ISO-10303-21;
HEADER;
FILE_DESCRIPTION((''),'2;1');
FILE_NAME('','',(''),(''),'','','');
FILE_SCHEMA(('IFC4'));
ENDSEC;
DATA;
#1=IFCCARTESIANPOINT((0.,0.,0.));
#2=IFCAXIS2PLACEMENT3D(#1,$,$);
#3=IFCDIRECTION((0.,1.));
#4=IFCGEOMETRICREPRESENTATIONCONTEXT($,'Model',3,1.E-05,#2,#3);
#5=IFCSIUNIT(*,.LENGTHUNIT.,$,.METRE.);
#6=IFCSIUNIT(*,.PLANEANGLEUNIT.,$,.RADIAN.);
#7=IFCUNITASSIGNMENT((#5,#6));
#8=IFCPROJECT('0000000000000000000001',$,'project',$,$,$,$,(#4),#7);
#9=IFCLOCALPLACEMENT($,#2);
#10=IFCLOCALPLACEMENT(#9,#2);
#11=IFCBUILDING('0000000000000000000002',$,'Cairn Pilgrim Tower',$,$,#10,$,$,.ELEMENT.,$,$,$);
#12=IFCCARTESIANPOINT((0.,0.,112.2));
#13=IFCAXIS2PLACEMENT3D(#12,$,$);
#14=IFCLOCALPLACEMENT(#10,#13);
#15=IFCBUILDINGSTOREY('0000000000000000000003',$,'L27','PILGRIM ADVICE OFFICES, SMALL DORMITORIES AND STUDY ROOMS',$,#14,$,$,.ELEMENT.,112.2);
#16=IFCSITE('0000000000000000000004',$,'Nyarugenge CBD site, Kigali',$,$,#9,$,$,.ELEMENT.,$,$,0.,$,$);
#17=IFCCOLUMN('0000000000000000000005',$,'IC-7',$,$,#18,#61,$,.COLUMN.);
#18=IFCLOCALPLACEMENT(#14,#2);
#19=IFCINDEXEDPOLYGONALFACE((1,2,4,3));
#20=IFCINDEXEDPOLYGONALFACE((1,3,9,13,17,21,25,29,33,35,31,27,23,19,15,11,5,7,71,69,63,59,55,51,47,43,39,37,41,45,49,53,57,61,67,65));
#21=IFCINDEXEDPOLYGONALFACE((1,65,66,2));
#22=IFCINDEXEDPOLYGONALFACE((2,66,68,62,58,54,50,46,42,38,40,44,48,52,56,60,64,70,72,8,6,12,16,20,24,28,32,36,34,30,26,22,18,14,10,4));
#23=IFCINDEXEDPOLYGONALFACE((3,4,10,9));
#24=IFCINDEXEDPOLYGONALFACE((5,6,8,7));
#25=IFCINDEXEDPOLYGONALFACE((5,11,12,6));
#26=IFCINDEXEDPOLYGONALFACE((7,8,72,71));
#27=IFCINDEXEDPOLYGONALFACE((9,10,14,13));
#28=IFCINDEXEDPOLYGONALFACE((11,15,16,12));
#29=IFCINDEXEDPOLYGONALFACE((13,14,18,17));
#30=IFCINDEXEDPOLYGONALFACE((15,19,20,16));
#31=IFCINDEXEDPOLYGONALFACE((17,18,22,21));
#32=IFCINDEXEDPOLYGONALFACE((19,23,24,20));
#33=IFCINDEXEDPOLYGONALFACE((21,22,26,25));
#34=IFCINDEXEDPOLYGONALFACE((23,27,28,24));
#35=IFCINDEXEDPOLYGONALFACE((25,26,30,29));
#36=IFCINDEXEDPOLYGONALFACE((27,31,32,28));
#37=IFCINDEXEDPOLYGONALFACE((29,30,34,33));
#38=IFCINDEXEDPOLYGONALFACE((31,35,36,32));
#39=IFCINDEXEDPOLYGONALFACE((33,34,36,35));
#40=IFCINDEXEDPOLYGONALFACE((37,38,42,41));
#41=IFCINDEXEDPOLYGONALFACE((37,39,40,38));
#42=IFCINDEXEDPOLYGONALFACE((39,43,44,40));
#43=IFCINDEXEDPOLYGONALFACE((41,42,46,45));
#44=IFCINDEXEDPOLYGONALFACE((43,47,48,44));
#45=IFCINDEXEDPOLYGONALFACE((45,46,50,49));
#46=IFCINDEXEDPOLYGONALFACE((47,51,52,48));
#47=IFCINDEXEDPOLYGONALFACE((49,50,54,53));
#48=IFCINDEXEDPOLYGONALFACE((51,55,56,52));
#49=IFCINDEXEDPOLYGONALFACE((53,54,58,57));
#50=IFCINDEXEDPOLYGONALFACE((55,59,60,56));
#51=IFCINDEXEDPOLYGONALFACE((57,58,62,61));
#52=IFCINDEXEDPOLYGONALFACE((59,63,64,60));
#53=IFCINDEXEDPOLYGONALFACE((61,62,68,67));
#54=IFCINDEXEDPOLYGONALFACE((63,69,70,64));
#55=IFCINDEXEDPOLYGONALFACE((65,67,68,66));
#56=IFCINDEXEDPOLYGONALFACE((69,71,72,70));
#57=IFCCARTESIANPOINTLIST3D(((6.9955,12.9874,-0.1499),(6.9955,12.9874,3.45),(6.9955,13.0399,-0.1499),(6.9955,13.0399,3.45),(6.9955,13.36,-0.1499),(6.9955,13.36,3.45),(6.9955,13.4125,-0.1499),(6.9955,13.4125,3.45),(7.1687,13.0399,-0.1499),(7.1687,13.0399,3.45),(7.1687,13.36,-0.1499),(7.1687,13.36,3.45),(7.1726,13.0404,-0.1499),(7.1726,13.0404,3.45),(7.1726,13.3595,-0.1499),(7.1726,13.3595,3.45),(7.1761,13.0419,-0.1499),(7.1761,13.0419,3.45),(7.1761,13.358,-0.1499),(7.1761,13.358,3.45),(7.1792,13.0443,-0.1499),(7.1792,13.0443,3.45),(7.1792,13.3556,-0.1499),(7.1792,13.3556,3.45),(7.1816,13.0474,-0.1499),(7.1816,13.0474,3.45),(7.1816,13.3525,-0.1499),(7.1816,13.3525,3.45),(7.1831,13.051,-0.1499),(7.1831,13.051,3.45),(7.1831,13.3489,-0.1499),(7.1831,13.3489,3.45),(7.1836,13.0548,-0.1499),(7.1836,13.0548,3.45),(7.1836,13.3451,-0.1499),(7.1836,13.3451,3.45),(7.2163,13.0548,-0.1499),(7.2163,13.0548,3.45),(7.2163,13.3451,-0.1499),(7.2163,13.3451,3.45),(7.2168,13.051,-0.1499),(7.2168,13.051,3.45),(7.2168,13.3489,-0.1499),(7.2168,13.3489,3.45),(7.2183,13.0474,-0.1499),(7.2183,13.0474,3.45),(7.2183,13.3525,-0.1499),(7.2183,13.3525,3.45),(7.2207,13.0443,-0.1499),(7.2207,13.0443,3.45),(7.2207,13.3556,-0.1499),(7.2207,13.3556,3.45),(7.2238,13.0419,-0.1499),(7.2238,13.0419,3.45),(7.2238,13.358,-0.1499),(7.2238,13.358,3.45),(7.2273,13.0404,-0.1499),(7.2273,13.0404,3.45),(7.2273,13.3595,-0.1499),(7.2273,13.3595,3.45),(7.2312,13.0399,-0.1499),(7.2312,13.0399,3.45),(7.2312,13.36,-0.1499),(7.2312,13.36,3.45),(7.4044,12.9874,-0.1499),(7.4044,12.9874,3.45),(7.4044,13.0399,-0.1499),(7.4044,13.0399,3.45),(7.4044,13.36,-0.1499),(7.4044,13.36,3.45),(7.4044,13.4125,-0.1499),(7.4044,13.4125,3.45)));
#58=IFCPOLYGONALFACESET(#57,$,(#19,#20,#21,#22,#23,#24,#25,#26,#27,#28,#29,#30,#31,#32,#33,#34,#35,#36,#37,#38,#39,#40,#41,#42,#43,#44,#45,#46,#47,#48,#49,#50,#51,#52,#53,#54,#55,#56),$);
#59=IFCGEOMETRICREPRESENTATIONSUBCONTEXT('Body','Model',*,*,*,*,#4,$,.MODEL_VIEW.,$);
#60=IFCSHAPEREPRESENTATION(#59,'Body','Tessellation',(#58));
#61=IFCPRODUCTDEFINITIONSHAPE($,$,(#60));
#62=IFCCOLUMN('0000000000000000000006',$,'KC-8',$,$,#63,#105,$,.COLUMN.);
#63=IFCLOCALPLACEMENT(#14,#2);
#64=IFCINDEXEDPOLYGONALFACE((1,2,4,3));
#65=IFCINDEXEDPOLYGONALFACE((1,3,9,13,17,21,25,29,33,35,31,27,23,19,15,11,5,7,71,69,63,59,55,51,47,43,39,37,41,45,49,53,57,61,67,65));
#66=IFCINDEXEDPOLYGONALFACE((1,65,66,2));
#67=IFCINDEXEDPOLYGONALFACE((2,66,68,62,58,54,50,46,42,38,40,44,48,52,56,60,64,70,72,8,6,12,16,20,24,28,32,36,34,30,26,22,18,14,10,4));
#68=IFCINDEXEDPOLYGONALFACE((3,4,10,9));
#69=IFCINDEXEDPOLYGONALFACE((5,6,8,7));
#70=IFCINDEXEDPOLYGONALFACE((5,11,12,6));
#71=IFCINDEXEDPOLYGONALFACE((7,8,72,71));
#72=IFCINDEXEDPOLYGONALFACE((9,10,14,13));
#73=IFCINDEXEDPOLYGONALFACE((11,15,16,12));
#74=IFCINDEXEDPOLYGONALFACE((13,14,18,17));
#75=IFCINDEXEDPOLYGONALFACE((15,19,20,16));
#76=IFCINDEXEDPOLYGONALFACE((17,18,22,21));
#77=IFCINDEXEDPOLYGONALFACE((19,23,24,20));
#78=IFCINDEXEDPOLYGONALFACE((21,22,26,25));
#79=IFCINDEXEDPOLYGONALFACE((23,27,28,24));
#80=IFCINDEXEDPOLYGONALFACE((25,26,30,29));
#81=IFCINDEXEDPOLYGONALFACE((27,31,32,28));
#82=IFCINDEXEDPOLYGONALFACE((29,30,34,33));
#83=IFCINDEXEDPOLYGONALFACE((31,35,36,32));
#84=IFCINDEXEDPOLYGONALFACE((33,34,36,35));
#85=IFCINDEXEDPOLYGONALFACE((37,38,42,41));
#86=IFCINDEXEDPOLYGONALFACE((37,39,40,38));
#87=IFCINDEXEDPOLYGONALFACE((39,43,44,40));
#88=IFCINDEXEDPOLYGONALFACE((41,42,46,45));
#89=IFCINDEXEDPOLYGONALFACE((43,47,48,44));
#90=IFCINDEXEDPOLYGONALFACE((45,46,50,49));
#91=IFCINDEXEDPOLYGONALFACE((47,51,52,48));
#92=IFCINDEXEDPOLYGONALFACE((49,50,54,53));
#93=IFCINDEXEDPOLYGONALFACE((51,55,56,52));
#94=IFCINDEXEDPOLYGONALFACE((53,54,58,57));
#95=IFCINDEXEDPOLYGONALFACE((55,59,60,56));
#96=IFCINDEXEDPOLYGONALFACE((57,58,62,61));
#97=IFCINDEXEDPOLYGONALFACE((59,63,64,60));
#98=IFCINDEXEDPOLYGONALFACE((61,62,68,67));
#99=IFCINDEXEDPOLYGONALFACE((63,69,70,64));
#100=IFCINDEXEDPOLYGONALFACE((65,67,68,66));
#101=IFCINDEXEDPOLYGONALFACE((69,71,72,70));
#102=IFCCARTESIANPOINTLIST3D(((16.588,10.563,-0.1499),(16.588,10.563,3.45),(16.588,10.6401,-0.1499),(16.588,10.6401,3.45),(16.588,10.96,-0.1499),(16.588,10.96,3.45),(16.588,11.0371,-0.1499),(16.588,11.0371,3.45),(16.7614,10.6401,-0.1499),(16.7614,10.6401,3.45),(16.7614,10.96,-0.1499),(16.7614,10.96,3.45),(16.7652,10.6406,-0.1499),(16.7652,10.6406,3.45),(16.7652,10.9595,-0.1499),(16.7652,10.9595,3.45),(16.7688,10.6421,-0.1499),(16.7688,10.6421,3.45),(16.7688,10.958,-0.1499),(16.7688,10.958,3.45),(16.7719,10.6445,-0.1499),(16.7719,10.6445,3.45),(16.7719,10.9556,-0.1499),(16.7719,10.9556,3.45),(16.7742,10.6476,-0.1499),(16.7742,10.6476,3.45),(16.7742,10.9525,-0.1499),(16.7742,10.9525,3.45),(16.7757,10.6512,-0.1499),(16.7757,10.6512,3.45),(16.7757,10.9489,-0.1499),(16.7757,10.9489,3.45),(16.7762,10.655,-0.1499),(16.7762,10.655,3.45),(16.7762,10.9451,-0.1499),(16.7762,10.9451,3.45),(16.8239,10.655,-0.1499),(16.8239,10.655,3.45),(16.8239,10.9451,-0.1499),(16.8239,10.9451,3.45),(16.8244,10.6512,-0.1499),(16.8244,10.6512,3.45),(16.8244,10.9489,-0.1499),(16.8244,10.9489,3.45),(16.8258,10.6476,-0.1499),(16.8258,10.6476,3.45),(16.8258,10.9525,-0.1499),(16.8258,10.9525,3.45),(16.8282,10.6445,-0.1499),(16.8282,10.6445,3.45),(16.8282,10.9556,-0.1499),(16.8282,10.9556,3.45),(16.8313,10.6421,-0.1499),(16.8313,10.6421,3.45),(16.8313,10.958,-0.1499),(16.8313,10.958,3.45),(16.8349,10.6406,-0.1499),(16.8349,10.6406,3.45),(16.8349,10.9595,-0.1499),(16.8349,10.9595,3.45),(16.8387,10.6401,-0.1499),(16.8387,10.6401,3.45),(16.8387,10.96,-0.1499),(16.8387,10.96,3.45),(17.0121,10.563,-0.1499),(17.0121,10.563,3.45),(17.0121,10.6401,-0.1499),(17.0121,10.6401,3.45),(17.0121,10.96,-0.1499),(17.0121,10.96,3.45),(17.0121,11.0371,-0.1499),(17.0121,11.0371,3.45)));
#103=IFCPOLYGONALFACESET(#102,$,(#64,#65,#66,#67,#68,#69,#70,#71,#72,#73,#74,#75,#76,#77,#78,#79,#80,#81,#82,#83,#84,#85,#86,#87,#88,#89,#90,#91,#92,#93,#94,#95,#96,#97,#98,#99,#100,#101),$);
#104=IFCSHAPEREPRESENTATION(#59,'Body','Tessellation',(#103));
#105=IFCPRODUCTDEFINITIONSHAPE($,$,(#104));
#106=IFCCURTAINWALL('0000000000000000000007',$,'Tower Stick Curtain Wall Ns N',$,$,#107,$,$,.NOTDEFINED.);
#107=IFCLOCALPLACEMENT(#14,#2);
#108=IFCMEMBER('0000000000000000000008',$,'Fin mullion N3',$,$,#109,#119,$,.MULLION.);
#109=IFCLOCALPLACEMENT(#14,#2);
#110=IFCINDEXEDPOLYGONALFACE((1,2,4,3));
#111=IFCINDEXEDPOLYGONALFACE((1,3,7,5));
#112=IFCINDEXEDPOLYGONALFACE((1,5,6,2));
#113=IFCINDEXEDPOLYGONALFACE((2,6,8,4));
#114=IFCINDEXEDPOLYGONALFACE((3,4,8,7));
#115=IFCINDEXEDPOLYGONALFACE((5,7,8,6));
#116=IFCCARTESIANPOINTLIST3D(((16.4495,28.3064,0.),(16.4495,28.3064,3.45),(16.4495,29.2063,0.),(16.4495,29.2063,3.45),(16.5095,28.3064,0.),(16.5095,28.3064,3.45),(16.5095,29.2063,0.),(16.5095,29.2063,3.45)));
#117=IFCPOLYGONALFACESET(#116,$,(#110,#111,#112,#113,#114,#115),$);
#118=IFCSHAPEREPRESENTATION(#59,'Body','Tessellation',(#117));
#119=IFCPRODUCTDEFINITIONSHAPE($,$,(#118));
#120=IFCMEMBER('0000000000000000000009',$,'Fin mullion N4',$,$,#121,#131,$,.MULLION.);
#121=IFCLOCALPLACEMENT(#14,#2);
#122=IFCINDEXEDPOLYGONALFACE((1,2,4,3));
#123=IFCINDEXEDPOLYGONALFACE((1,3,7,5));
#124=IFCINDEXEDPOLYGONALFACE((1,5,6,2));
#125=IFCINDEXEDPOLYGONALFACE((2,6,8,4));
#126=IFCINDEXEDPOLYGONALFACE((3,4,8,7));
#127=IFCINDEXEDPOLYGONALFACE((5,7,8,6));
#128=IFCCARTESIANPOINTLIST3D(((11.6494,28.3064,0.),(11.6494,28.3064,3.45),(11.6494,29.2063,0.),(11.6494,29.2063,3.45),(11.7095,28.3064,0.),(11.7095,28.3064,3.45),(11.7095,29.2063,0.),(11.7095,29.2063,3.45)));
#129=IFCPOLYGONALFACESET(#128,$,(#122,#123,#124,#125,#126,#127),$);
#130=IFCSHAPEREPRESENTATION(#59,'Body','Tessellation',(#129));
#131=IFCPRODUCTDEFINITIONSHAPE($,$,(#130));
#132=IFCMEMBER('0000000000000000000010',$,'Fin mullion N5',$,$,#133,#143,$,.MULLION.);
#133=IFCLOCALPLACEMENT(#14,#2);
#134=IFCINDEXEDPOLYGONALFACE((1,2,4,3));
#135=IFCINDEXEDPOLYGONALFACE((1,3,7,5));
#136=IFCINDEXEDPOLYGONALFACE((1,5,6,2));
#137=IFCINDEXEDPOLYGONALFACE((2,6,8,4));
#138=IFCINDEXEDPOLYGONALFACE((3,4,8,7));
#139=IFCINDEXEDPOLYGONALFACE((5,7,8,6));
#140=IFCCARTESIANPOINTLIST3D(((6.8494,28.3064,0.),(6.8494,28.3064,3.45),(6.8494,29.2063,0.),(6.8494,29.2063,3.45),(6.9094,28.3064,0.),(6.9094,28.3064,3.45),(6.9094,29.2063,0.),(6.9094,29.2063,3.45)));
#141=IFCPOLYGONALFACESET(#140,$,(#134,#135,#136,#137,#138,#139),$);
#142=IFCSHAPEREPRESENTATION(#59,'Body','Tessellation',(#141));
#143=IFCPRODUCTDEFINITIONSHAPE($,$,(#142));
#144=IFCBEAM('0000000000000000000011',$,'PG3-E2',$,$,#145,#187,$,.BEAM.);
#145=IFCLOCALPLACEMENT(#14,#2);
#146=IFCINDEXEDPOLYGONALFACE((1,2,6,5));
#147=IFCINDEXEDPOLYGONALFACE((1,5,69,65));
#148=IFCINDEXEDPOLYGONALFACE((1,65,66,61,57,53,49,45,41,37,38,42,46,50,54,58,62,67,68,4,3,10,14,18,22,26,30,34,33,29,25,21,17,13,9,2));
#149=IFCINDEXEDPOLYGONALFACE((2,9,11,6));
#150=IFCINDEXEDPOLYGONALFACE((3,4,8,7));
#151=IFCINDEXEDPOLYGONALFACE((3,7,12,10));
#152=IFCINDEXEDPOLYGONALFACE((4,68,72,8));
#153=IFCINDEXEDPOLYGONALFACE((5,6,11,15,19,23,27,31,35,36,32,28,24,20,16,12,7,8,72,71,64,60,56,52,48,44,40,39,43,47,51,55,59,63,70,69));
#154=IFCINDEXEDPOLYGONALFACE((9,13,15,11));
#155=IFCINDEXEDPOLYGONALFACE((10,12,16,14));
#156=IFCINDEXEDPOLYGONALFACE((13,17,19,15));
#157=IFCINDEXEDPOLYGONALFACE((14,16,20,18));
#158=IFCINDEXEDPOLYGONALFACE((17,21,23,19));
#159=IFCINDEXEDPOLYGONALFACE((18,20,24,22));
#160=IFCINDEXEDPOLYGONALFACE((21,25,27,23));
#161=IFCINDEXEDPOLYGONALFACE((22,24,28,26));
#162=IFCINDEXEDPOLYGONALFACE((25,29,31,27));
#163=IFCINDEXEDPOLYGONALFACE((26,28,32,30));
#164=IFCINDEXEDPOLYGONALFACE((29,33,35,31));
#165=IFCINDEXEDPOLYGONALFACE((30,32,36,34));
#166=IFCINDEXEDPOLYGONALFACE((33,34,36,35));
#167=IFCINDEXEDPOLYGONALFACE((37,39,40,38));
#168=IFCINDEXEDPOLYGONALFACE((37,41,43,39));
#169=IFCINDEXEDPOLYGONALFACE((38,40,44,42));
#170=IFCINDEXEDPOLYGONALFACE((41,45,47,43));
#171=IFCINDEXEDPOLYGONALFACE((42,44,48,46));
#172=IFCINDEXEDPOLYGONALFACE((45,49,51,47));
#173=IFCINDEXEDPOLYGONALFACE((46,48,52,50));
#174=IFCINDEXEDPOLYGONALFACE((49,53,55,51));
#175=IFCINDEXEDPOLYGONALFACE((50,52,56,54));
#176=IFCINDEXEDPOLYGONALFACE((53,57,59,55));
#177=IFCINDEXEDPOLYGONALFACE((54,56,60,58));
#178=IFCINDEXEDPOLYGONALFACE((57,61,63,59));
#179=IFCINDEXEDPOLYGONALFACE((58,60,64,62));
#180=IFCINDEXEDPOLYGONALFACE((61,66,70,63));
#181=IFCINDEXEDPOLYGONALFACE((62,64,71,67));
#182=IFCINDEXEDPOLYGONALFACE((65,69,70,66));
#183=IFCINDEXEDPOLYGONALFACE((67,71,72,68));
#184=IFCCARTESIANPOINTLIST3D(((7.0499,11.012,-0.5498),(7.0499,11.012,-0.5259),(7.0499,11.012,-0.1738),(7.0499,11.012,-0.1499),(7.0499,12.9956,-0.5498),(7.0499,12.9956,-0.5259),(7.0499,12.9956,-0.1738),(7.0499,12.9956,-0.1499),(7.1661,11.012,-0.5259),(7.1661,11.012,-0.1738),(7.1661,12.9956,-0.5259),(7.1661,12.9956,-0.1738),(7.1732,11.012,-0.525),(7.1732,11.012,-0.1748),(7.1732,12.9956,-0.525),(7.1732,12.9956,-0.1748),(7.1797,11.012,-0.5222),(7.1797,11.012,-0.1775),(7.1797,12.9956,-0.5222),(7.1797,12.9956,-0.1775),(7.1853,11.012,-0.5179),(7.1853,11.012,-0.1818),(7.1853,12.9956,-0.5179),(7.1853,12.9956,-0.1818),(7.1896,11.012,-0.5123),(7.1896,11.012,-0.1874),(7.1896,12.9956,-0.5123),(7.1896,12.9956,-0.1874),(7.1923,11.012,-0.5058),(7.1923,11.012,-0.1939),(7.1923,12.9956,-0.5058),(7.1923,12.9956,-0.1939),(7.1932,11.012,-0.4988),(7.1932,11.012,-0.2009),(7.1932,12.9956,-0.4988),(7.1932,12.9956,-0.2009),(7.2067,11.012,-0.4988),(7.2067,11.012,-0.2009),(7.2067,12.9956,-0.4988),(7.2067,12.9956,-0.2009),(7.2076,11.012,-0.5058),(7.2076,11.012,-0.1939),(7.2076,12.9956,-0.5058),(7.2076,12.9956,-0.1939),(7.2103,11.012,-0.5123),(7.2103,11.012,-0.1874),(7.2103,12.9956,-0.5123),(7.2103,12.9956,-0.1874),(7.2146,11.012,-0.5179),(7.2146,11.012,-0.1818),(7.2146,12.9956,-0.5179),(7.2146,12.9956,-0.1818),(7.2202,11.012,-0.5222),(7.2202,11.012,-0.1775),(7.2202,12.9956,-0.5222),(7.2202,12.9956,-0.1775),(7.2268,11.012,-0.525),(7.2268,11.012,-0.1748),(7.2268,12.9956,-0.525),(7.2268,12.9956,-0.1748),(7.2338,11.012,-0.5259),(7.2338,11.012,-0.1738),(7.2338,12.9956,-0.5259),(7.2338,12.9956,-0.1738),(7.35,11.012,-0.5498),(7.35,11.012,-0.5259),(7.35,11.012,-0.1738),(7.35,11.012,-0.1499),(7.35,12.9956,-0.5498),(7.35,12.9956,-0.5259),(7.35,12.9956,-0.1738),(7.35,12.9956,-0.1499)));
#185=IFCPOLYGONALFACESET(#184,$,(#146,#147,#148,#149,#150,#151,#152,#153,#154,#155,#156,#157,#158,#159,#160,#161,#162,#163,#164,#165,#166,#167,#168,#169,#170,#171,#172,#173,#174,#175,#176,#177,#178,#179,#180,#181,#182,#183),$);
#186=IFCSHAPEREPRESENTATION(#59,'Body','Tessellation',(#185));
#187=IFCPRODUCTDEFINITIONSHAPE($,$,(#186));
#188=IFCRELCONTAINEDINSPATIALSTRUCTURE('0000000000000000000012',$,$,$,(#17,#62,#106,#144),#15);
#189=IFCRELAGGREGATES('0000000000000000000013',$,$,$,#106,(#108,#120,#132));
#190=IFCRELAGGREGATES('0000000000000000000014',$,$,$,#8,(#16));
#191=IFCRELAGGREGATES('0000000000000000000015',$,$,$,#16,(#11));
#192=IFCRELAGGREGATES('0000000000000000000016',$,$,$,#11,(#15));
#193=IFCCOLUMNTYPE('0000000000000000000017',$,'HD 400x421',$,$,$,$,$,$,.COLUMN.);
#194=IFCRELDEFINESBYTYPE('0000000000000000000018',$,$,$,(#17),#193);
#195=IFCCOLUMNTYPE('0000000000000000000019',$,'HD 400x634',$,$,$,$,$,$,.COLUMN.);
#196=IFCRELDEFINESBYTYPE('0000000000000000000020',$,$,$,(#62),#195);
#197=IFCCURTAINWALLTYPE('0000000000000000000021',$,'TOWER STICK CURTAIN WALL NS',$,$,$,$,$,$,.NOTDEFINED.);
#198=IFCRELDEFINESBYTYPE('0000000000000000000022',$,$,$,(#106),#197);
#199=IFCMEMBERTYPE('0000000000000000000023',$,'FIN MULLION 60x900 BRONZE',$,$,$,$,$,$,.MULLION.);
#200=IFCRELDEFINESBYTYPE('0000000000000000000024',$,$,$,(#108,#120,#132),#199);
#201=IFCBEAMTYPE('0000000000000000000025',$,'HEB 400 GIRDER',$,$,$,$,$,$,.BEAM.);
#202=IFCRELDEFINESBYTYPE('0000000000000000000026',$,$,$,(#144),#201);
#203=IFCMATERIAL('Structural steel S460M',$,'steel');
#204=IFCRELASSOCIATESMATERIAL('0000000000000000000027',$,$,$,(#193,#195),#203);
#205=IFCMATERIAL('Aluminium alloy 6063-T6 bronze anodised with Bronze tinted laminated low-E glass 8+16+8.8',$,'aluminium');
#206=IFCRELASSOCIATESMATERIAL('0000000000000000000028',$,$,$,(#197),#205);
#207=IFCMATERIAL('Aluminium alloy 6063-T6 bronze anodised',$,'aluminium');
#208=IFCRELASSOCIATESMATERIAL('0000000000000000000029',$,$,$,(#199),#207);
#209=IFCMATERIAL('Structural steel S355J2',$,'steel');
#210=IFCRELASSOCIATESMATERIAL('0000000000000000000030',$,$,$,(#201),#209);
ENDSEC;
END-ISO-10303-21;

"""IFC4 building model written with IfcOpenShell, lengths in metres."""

from ifc_helpers import new_model, si_unit, direction, frame, origin, origin_2d, place, context, subcontext, project, spatial, rectangle, i_section, extrude, material, material_profile, profile_set, type_object, element, aggregate, save


model = new_model("IFC4")

# Units and contexts
model_context = context("Model", 3, precision=1e-05, world=origin(), true_north=direction((0.0, 1.0)))
body_context = subcontext(model_context, "Body", "Model", "MODEL_VIEW")
ifc_project = project(units=[si_unit("LENGTHUNIT", "METRE"), si_unit("PLANEANGLEUNIT", "RADIAN")], contexts=[model_context])

# Site, building, storey
site_placement = place(None, origin())
site = spatial("IfcSite", under=ifc_project, at=site_placement, Name="Nyarugenge CBD site, Kigali", CompositionType="ELEMENT", RefElevation=0.0)
building_placement = place(site_placement, origin())
building = spatial("IfcBuilding", under=site, at=building_placement, Name="Cairn Pilgrim Tower", CompositionType="ELEMENT")
storey_placement = place(building_placement, frame((0.0, 0.0, 112.2)))
storey = spatial("IfcBuildingStorey", under=building, at=storey_placement, Name="L27", Description="PILGRIM ADVICE OFFICES, SMALL DORMITORIES AND STUDY ROOMS", CompositionType="ELEMENT", Elevation=112.2)

# Columns
ifc_material_1 = material(Name="Structural steel S460M", Category="steel")
ifc_material_profile_1 = material_profile(ifc_material_1, i_section(OverallWidth=0.4089, OverallDepth=0.425, WebThickness=0.0327, FlangeThickness=0.0525, FilletRadius=0.0149, at=origin_2d()), Name="HD 400x421")
ifc_profile_set_1 = profile_set([ifc_material_profile_1], Name="Structural steel S460M")
column_type_1 = type_object("IfcColumnType", Name="HD 400x421", PredefinedType="COLUMN", material=ifc_profile_set_1)
column_1_placement = place(storey_placement, frame((7.2, 13.2, -0.1499), z_axis=(0.0, 0.0, 1.0), x_axis=(1.0, 0.0, 0.0)))
element("IfcColumn", 1, at=column_1_placement, inside=storey, type_object=column_type_1, Name="IC-7", PredefinedType="COLUMN", context=body_context, shape_type="SweptSolid", body=[
    extrude(i_section(OverallWidth=0.4089, OverallDepth=0.425, WebThickness=0.0327, FlangeThickness=0.0525, FilletRadius=0.0149, at=origin_2d()), origin(), (0.0, 0.0, 1.0), 3.5999),
])
ifc_material_profile_2 = material_profile(ifc_material_1, i_section(OverallWidth=0.4241, OverallDepth=0.4741, WebThickness=0.0476, FlangeThickness=0.0771, FilletRadius=0.0149, at=origin_2d()), Name="HD 400x634")
ifc_profile_set_2 = profile_set([ifc_material_profile_2], Name="Structural steel S460M")
column_type_2 = type_object("IfcColumnType", Name="HD 400x634", PredefinedType="COLUMN", material=ifc_profile_set_2)
column_2_placement = place(storey_placement, frame((16.8, 10.8, -0.1499), z_axis=(0.0, 0.0, 1.0), x_axis=(1.0, 0.0, 0.0)))
element("IfcColumn", 2, at=column_2_placement, inside=storey, type_object=column_type_2, Name="KC-8", PredefinedType="COLUMN", context=body_context, shape_type="SweptSolid", body=[
    extrude(i_section(OverallWidth=0.4241, OverallDepth=0.4741, WebThickness=0.0476, FlangeThickness=0.0771, FilletRadius=0.0149, at=origin_2d()), origin(), (0.0, 0.0, 1.0), 3.5999),
])

# Curtain wall, members
ifc_material_2 = material(Name="Aluminium alloy 6063-T6 bronze anodised with Bronze tinted laminated low-E glass 8+16+8.8", Category="aluminium")
curtain_wall_type = type_object("IfcCurtainWallType", Name="TOWER STICK CURTAIN WALL NS", PredefinedType="NOTDEFINED", material=ifc_material_2)
curtain_wall_placement = place(storey_placement, origin())
curtain_wall = element("IfcCurtainWall", 3, at=curtain_wall_placement, inside=storey, type_object=curtain_wall_type, Name="Tower Stick Curtain Wall Ns N", PredefinedType="NOTDEFINED")
ifc_material_3 = material(Name="Aluminium alloy 6063-T6 bronze anodised", Category="aluminium")
ifc_material_profile_3 = material_profile(ifc_material_3, rectangle(XDim=0.8999, YDim=0.0601, at=origin_2d()), Name="FIN MULLION 60x900 BRONZE")
ifc_profile_set_3 = profile_set([ifc_material_profile_3], Name="Aluminium alloy 6063-T6 bronze anodised")
member_type_1 = type_object("IfcMemberType", Name="FIN MULLION 60x900 BRONZE", PredefinedType="MULLION", material=ifc_profile_set_3)
member_1_placement = place(storey_placement, frame((16.4795, 28.7563, 0.0), z_axis=(0.0, 0.0, 1.0), x_axis=(0.0, 1.0, 0.0)))
member_1 = element("IfcMember", 4, at=member_1_placement, type_object=member_type_1, Name="Fin mullion N3", PredefinedType="MULLION", context=body_context, shape_type="SweptSolid", body=[
    extrude(rectangle(XDim=0.8999, YDim=0.0601, at=origin_2d()), origin(), (0.0, 0.0, 1.0), 3.45),
])
member_2_placement = place(storey_placement, frame((11.6794, 28.7563, 0.0), z_axis=(0.0, 0.0, 1.0), x_axis=(0.0, 1.0, 0.0)))
member_2 = element("IfcMember", 5, at=member_2_placement, type_object=member_type_1, Name="Fin mullion N4", PredefinedType="MULLION", context=body_context, shape_type="SweptSolid", body=[
    extrude(rectangle(XDim=0.8999, YDim=0.0601, at=origin_2d()), origin(), (0.0, 0.0, 1.0), 3.45),
])
member_3_placement = place(storey_placement, frame((6.8794, 28.7563, 0.0), z_axis=(0.0, 0.0, 1.0), x_axis=(0.0, 1.0, 0.0)))
member_3 = element("IfcMember", 6, at=member_3_placement, type_object=member_type_1, Name="Fin mullion N5", PredefinedType="MULLION", context=body_context, shape_type="SweptSolid", body=[
    extrude(rectangle(XDim=0.8999, YDim=0.0601, at=origin_2d()), origin(), (0.0, 0.0, 1.0), 3.45),
])

# Beam
ifc_material_4 = material(Name="Structural steel S355J2", Category="steel")
ifc_material_profile_4 = material_profile(ifc_material_4, i_section(OverallWidth=0.3, OverallDepth=0.3999, WebThickness=0.0134, FlangeThickness=0.0239, FilletRadius=0.0271, at=origin_2d()), Name="HEB 400")
ifc_profile_set_4 = profile_set([ifc_material_profile_4], Name="Structural steel S355J2")
beam_type_1 = type_object("IfcBeamType", Name="HEB 400 GIRDER", PredefinedType="BEAM", material=ifc_profile_set_4)
beam_1_placement = place(storey_placement, frame((7.2, 11.012, -0.3499), z_axis=(0.0, 1.0, 0.0), x_axis=(-1.0, 0.0, 0.0)))
element("IfcBeam", 7, at=beam_1_placement, inside=storey, type_object=beam_type_1, Name="PG3-E2", PredefinedType="BEAM", context=body_context, shape_type="SweptSolid", body=[
    extrude(i_section(OverallWidth=0.3, OverallDepth=0.3999, WebThickness=0.0134, FlangeThickness=0.0239, FilletRadius=0.0271, at=origin_2d()), origin(), (0.0, 0.0, 1.0), 1.9836),
])

aggregate(curtain_wall, [member_1, member_2, member_3])

save(model, "model.ifc")
